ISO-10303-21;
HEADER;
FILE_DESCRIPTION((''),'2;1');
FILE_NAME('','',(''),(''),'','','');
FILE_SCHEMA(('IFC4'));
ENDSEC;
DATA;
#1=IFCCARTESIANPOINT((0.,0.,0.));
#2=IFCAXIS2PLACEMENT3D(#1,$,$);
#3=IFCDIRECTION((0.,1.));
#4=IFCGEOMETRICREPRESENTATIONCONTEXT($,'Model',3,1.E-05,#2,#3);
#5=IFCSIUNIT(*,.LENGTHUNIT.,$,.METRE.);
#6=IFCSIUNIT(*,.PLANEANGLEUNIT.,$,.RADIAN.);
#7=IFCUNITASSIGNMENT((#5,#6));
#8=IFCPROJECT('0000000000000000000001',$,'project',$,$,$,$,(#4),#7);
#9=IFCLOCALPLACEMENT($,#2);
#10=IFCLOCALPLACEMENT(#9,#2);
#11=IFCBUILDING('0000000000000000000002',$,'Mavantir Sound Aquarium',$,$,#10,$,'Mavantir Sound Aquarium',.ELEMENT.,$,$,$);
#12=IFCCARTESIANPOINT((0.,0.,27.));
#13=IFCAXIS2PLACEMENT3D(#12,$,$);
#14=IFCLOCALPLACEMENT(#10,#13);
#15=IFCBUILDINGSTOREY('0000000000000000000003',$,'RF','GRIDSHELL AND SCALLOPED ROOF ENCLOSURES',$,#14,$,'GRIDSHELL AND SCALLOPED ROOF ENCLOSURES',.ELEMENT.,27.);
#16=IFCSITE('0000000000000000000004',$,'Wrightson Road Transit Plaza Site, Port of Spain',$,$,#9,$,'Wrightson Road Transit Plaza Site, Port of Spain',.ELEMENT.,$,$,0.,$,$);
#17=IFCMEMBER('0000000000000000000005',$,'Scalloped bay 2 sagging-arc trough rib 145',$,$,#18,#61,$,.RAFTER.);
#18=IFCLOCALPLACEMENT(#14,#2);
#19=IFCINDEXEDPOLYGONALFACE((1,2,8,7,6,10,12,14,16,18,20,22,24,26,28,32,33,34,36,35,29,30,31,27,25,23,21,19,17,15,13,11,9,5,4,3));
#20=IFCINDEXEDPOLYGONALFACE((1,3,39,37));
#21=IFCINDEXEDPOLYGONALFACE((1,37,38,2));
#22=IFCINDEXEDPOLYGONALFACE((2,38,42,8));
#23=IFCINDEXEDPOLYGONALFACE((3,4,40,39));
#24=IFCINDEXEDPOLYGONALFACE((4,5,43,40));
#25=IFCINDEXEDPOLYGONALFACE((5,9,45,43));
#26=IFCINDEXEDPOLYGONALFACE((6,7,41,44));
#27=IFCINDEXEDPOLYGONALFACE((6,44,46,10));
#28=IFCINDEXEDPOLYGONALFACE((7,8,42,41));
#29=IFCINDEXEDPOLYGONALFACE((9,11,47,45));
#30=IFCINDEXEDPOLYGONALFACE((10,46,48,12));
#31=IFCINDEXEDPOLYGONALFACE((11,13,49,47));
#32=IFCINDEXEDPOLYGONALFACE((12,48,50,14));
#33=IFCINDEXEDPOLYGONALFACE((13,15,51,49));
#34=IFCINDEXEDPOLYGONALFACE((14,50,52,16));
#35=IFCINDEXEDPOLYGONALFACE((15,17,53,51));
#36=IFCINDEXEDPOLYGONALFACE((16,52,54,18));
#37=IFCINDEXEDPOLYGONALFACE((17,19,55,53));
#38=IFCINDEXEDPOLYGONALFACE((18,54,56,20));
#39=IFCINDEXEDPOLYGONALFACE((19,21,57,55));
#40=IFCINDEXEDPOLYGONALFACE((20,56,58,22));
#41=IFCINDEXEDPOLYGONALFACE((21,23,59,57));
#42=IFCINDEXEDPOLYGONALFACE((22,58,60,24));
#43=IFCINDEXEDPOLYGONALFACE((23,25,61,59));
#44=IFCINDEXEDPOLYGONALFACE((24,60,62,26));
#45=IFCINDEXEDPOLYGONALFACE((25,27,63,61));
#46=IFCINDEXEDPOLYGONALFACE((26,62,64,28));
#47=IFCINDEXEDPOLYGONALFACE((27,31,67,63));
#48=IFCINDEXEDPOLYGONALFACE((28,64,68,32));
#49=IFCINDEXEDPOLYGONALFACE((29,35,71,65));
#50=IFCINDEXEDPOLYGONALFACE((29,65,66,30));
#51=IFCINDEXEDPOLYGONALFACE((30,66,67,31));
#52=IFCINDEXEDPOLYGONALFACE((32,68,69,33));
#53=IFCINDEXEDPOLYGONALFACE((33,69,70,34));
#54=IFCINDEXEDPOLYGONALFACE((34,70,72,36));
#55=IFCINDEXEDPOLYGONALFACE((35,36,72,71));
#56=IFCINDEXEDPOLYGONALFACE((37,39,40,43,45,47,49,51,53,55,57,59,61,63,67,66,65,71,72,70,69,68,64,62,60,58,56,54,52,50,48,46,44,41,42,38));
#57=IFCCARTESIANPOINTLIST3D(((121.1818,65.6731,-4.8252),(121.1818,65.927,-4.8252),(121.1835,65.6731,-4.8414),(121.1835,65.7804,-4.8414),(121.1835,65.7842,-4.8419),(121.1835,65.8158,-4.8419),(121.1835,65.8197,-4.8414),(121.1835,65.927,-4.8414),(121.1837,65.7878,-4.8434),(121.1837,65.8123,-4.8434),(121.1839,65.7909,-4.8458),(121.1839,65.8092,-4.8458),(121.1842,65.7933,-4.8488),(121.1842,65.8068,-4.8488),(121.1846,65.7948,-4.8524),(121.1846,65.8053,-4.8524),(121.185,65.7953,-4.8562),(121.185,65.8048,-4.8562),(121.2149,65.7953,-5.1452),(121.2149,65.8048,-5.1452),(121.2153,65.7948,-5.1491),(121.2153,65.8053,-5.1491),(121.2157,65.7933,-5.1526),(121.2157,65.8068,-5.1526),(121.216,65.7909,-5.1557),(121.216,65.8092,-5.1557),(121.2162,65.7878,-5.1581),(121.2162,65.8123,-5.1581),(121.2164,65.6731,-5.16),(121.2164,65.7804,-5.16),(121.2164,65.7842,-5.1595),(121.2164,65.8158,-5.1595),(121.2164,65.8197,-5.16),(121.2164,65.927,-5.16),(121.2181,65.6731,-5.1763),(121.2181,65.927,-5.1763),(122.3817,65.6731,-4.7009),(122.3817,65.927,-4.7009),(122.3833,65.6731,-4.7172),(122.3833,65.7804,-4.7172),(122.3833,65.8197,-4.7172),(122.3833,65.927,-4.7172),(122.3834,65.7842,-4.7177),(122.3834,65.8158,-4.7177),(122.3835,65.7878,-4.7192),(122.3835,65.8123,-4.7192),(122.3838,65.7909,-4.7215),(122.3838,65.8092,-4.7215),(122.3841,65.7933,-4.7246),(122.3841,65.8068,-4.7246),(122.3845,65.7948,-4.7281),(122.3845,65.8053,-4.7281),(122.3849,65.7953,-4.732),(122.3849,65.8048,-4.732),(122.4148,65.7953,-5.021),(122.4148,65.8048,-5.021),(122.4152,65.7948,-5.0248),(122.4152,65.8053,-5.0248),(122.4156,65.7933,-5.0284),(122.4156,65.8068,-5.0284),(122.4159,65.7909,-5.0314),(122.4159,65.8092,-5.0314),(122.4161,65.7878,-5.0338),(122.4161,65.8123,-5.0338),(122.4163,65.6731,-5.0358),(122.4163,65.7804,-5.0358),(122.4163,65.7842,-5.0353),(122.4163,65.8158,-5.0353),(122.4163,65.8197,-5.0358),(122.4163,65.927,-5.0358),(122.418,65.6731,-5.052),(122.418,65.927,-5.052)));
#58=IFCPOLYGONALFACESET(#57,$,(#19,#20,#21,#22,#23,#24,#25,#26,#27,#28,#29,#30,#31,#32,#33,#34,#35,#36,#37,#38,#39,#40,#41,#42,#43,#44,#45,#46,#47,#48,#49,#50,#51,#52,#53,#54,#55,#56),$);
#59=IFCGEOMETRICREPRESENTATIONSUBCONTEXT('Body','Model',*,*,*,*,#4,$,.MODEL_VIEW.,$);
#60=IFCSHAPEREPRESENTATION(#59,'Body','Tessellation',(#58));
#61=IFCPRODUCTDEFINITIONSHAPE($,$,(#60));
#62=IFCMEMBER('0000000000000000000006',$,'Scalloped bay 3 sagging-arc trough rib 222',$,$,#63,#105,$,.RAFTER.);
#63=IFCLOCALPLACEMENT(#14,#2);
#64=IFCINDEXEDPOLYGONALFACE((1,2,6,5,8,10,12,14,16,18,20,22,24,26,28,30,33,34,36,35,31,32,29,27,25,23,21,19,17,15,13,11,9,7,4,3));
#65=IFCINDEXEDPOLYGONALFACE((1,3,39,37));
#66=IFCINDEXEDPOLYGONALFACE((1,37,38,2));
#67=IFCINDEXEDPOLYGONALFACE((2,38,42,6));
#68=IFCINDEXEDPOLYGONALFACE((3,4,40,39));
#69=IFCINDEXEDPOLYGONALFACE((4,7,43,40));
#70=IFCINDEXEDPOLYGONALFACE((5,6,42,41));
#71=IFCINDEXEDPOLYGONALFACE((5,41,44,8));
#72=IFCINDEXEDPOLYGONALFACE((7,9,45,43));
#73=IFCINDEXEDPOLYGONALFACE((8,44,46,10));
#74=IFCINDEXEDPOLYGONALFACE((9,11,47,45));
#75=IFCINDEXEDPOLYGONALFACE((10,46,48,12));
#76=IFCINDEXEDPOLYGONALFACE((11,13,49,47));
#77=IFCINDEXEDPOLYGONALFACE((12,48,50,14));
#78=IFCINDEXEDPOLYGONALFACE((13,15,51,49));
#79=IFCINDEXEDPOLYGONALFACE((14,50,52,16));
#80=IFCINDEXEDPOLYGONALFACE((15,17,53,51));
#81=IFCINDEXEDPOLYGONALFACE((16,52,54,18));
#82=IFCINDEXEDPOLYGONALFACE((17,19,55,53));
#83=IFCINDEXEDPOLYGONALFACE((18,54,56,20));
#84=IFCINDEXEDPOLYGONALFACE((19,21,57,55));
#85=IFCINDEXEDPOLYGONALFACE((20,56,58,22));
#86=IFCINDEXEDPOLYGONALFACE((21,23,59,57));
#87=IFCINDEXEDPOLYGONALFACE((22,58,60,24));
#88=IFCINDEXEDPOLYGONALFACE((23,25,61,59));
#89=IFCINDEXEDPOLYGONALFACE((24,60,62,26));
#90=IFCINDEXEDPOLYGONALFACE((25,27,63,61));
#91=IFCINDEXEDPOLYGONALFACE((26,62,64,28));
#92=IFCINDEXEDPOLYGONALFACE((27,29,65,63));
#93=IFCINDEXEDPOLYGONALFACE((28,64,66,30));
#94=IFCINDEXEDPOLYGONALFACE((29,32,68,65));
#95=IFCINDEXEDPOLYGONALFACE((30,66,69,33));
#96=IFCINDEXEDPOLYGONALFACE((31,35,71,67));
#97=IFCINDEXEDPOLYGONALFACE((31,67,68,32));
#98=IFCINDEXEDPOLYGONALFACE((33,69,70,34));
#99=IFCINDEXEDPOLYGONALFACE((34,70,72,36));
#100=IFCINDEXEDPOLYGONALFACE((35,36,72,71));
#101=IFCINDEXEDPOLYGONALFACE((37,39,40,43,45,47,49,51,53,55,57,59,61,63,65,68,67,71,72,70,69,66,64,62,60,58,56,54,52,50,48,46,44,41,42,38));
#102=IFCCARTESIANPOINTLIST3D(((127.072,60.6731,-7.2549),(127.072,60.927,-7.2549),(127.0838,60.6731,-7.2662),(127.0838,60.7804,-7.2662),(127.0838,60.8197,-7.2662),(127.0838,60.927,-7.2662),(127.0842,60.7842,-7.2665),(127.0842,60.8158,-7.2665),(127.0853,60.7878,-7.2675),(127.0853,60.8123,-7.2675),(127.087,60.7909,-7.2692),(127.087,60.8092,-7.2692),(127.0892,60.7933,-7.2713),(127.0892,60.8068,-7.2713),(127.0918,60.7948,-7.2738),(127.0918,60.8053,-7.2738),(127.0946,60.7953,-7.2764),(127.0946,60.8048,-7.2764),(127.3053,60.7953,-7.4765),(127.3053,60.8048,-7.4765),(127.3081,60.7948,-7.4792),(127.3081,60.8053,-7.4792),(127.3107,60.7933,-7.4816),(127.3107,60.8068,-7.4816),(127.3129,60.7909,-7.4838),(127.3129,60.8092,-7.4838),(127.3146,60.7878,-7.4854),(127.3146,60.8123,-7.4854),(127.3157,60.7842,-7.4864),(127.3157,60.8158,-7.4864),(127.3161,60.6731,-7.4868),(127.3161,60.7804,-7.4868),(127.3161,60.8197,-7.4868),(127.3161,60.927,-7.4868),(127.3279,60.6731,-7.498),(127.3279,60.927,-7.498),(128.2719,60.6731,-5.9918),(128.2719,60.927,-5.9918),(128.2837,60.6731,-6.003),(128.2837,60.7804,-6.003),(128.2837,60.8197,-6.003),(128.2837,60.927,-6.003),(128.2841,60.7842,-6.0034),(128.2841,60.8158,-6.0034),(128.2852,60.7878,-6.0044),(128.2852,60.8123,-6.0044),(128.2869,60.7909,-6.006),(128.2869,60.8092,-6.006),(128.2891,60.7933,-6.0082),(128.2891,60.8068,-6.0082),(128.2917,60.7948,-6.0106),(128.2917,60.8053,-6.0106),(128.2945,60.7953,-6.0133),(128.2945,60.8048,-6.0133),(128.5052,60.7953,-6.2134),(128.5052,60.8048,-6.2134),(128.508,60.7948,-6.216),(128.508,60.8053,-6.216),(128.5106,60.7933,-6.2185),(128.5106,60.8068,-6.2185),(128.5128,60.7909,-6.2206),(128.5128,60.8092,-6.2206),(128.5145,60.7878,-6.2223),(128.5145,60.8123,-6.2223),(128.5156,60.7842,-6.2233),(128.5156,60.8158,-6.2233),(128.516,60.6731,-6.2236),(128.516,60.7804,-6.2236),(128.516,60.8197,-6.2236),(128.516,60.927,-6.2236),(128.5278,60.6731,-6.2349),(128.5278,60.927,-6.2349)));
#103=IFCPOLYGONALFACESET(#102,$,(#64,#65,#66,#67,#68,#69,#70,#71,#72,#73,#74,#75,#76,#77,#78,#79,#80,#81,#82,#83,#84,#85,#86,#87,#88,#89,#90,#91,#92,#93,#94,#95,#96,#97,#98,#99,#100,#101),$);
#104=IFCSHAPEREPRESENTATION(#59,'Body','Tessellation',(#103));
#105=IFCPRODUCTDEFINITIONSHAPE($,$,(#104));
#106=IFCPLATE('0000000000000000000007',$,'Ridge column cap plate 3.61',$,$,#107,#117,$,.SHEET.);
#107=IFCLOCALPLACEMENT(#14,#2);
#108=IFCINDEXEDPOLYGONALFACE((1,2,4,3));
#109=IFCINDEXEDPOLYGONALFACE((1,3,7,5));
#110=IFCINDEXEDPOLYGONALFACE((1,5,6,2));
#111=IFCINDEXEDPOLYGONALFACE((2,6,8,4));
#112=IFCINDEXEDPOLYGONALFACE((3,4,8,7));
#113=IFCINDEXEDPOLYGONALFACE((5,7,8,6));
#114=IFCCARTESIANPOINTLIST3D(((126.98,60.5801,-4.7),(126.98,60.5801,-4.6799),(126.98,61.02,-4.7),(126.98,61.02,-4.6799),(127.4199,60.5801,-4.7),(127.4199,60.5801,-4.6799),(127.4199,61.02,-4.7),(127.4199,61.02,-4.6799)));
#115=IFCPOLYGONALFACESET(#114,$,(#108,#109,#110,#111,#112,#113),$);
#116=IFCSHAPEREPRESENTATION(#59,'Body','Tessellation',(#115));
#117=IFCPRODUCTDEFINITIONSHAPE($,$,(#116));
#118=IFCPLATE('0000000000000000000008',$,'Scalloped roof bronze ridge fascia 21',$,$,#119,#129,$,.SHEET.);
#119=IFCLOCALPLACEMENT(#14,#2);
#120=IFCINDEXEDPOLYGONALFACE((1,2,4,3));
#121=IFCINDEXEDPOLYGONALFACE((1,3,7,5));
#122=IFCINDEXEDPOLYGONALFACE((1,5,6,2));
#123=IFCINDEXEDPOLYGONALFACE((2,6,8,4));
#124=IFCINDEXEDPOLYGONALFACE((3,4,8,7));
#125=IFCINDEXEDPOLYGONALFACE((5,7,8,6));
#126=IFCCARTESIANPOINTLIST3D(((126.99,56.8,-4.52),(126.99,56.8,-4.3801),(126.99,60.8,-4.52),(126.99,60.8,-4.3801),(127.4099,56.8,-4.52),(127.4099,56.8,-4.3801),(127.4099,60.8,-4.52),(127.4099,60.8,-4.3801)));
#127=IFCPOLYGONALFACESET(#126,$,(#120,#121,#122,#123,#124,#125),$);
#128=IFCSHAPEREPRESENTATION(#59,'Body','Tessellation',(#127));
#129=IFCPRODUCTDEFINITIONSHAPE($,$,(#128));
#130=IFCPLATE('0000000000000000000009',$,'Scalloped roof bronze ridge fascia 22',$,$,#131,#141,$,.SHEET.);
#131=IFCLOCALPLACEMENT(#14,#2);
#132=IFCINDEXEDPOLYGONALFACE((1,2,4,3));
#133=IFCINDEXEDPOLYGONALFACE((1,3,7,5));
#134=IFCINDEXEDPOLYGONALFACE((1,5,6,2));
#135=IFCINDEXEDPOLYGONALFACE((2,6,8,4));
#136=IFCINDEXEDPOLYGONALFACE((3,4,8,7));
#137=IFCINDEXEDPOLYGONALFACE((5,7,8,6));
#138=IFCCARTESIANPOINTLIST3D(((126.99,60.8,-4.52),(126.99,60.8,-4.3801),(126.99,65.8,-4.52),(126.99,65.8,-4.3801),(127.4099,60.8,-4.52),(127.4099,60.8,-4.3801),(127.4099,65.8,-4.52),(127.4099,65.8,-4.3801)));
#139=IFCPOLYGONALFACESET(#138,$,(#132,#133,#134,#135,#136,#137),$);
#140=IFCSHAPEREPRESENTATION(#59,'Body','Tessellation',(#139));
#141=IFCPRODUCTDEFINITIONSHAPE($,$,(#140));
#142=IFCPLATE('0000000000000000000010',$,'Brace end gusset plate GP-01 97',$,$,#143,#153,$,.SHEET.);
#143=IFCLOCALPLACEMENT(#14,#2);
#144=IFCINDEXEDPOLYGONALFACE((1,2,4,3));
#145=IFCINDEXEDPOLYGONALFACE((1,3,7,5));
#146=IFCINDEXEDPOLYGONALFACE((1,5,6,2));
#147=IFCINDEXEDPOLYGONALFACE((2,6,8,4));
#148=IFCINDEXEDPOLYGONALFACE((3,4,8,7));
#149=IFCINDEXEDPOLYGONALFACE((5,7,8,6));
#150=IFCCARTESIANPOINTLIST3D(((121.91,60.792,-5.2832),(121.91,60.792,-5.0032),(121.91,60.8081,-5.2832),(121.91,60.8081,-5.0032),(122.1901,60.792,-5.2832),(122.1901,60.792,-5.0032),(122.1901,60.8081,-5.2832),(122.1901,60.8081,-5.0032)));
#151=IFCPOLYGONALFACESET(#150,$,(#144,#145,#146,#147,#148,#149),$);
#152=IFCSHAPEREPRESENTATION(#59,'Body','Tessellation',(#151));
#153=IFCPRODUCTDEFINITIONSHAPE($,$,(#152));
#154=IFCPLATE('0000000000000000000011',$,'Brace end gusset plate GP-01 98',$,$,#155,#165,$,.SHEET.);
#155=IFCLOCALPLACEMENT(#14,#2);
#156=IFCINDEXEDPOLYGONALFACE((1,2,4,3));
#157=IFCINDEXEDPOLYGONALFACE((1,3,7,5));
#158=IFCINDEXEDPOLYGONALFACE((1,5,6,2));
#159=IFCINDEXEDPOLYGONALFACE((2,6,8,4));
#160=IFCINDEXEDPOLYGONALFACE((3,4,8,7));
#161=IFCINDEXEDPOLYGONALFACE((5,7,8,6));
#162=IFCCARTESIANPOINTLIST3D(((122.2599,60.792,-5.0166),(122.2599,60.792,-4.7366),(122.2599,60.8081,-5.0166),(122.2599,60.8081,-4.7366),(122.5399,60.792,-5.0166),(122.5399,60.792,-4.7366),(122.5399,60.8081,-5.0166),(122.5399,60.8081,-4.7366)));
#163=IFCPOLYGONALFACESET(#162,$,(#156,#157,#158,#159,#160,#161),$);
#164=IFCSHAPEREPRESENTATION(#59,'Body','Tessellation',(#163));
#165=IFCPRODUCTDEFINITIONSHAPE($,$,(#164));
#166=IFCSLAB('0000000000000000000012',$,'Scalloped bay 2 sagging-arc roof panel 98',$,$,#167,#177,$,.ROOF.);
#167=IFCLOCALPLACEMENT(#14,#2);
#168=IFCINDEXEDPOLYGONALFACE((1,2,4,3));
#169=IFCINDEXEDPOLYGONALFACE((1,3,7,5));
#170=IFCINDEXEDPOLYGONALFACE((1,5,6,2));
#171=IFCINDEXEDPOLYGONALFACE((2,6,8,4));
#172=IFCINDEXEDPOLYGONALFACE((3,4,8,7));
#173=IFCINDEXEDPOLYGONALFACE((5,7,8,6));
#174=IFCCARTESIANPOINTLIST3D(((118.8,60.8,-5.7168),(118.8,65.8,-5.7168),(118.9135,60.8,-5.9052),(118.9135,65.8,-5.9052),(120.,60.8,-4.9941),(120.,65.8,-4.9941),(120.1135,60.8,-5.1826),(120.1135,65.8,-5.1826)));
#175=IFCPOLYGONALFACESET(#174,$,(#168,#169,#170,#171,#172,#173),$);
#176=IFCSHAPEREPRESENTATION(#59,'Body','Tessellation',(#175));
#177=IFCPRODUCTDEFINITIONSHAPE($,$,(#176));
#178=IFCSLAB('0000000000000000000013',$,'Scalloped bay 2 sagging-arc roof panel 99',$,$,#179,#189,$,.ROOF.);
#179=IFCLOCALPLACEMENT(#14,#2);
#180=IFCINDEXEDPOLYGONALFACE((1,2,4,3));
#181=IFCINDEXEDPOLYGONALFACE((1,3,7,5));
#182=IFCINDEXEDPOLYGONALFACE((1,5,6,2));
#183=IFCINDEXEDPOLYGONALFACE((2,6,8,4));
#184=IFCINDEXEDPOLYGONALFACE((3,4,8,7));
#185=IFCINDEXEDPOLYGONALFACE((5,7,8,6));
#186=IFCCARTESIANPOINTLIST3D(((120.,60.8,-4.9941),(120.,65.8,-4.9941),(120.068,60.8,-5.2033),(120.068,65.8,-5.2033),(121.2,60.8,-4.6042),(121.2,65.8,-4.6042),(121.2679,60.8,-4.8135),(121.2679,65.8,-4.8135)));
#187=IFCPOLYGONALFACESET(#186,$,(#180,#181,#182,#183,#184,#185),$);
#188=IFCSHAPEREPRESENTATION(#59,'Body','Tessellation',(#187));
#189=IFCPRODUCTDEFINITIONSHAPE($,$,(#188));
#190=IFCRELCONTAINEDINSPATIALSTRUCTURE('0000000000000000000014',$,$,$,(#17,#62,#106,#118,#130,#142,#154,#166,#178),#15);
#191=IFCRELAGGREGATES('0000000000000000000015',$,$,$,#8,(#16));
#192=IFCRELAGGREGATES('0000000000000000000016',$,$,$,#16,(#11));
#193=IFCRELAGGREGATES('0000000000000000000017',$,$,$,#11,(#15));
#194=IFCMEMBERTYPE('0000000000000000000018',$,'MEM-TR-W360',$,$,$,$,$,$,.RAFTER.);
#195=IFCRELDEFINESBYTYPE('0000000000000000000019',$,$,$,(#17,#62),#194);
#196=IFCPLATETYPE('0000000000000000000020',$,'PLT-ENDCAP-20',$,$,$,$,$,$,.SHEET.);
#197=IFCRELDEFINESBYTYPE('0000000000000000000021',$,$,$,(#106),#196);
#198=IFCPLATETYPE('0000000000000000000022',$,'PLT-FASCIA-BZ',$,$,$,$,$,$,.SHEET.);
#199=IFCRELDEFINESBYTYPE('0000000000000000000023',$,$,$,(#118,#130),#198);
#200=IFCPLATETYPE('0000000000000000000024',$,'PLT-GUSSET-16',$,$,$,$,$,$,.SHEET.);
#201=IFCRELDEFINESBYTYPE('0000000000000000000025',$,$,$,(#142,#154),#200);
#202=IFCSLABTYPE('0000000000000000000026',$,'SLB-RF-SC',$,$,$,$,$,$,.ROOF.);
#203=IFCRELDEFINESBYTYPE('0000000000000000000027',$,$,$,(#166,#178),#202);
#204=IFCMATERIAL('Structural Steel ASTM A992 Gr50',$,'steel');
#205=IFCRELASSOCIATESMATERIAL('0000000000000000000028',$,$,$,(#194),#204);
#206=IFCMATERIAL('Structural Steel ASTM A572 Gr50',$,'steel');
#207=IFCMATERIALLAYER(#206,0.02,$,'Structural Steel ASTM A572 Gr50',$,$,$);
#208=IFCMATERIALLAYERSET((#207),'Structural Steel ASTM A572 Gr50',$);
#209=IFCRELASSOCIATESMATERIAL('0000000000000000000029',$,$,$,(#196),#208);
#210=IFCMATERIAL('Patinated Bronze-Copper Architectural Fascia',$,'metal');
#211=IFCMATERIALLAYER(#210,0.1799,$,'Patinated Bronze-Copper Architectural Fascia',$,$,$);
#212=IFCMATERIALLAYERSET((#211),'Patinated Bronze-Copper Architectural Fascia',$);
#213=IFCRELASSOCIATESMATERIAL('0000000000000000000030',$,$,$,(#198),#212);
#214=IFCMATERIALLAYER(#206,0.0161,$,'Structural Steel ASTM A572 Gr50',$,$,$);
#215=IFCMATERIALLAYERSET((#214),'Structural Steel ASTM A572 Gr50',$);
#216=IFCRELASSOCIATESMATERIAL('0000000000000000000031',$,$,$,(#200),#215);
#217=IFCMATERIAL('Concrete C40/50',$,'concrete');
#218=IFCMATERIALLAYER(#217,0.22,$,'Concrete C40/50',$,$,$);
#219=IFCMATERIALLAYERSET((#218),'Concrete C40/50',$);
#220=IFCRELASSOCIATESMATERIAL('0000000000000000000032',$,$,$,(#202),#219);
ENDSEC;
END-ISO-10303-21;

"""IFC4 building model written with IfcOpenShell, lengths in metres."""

from ifc_helpers import new_model, si_unit, direction, frame, origin, origin_2d, place, context, subcontext, project, spatial, polyline, rectangle, i_section, outline, extrude, material, layer, layer_set, material_profile, profile_set, type_object, element, save


model = new_model("IFC4")

# Units and contexts
model_context = context("Model", 3, precision=1e-05, world=origin(), true_north=direction((0.0, 1.0)))
body_context = subcontext(model_context, "Body", "Model", "MODEL_VIEW")
ifc_project = project(units=[si_unit("LENGTHUNIT", "METRE"), si_unit("PLANEANGLEUNIT", "RADIAN")], contexts=[model_context])

# Site, building, storey
site_placement = place(None, origin())
site = spatial("IfcSite", under=ifc_project, at=site_placement, Name="Wrightson Road Transit Plaza Site, Port of Spain", LongName="Wrightson Road Transit Plaza Site, Port of Spain", CompositionType="ELEMENT", RefElevation=0.0)
building_placement = place(site_placement, origin())
building = spatial("IfcBuilding", under=site, at=building_placement, Name="Mavantir Sound Aquarium", LongName="Mavantir Sound Aquarium", CompositionType="ELEMENT")
storey_placement = place(building_placement, frame((0.0, 0.0, 27.0)))
storey = spatial("IfcBuildingStorey", under=building, at=storey_placement, Name="RF", Description="GRIDSHELL AND SCALLOPED ROOF ENCLOSURES", LongName="GRIDSHELL AND SCALLOPED ROOF ENCLOSURES", CompositionType="ELEMENT", Elevation=27.0)

# Shared definitions
ifc_material_1 = material(Name="Concrete C40/50", Category="concrete")

# Shared definitions
ifc_material_2 = material(Name="Structural Steel ASTM A992 Gr50", Category="steel")

# Members
ifc_material_profile_1 = material_profile(ifc_material_2, i_section(OverallWidth=0.2539, OverallDepth=0.353, WebThickness=0.0095, FlangeThickness=0.0164, FilletRadius=0.0149, at=origin_2d()), Name="W360X91")
ifc_profile_set_1 = profile_set([ifc_material_profile_1], Name="Structural Steel ASTM A992 Gr50")
member_type_1 = type_object("IfcMemberType", Name="MEM-TR-W360", PredefinedType="RAFTER", material=ifc_profile_set_1)
member_1_placement = place(storey_placement, frame((121.2, 65.8, -5.0007), z_axis=(0.99468, 0.0, 0.10301), x_axis=(0.0, 1.0, 0.0)))
element("IfcMember", 1, at=member_1_placement, inside=storey, type_object=member_type_1, Name="Scalloped bay 2 sagging-arc trough rib 145", PredefinedType="RAFTER", context=body_context, shape_type="SweptSolid", body=[
    extrude(i_section(OverallWidth=0.2539, OverallDepth=0.353, WebThickness=0.0095, FlangeThickness=0.0164, FilletRadius=0.0149, at=origin_2d()), origin(), (0.0, 0.0, 1.0), 1.2063),
])
member_2_placement = place(storey_placement, frame((127.2, 60.8, -7.3765), z_axis=(0.688727, 0.0, 0.72502), x_axis=(0.0, 1.0, 0.0)))
element("IfcMember", 2, at=member_2_placement, inside=storey, type_object=member_type_1, Name="Scalloped bay 3 sagging-arc trough rib 222", PredefinedType="RAFTER", context=body_context, shape_type="SweptSolid", body=[
    extrude(i_section(OverallWidth=0.2539, OverallDepth=0.353, WebThickness=0.0095, FlangeThickness=0.0164, FilletRadius=0.0149, at=origin_2d()), origin(), (0.0, 0.0, 1.0), 1.7422),
])

# Plates
ifc_material_3 = material(Name="Structural Steel ASTM A572 Gr50", Category="steel")
ifc_layer_1 = layer(ifc_material_3, 0.02, Name="Structural Steel ASTM A572 Gr50")
ifc_layer_set_1 = layer_set([ifc_layer_1], Name="Structural Steel ASTM A572 Gr50")
plate_type_1 = type_object("IfcPlateType", Name="PLT-ENDCAP-20", PredefinedType="SHEET", material=ifc_layer_set_1)
plate_1_placement = place(storey_placement, frame((127.2, 60.8, -4.7), z_axis=(0.0, 0.0, 1.0), x_axis=(1.0, 0.0, 0.0)))
element("IfcPlate", 3, at=plate_1_placement, inside=storey, type_object=plate_type_1, Name="Ridge column cap plate 3.61", PredefinedType="SHEET", context=body_context, shape_type="SweptSolid", body=[
    extrude(rectangle(XDim=0.4399, YDim=0.4399, at=origin_2d()), origin(), (0.0, 0.0, 1.0), 0.02),
])
ifc_material_4 = material(Name="Patinated Bronze-Copper Architectural Fascia", Category="metal")
ifc_layer_2 = layer(ifc_material_4, 0.1799, Name="Patinated Bronze-Copper Architectural Fascia")
ifc_layer_set_2 = layer_set([ifc_layer_2], Name="Patinated Bronze-Copper Architectural Fascia")
plate_type_2 = type_object("IfcPlateType", Name="PLT-FASCIA-BZ", PredefinedType="SHEET", material=ifc_layer_set_2)
plate_2_placement = place(storey_placement, frame((127.2, 58.8, -4.52), z_axis=(0.0, 0.0, 1.0), x_axis=(1.0, 0.0, 0.0)))
element("IfcPlate", 4, at=plate_2_placement, inside=storey, type_object=plate_type_2, Name="Scalloped roof bronze ridge fascia 21", PredefinedType="SHEET", context=body_context, shape_type="SweptSolid", body=[
    extrude(rectangle(XDim=0.4199, YDim=4.0, at=origin_2d()), origin(), (0.0, 0.0, 1.0), 0.1399),
])
plate_3_placement = place(storey_placement, frame((127.2, 63.3, -4.52), z_axis=(0.0, 0.0, 1.0), x_axis=(1.0, 0.0, 0.0)))
element("IfcPlate", 5, at=plate_3_placement, inside=storey, type_object=plate_type_2, Name="Scalloped roof bronze ridge fascia 22", PredefinedType="SHEET", context=body_context, shape_type="SweptSolid", body=[
    extrude(rectangle(XDim=0.4199, YDim=5.0, at=origin_2d()), origin(), (0.0, 0.0, 1.0), 0.1399),
])
ifc_layer_3 = layer(ifc_material_3, 0.0161, Name="Structural Steel ASTM A572 Gr50")
ifc_layer_set_3 = layer_set([ifc_layer_3], Name="Structural Steel ASTM A572 Gr50")
plate_type_3 = type_object("IfcPlateType", Name="PLT-GUSSET-16", PredefinedType="SHEET", material=ifc_layer_set_3)
for number, where, z_axis, x_axis, name in (
    (6, (122.05, 60.8, -5.2832), (0.0, 0.0, 1.0), (1.0, 0.0, 0.0), "Brace end gusset plate GP-01 97"),
    (7, (122.3999, 60.8, -5.0166), (0.0, 0.0, 1.0), (1.0, 0.0, 0.0), "Brace end gusset plate GP-01 98"),
):
    element("IfcPlate", number, at=place(storey_placement, frame(where, z_axis=z_axis, x_axis=x_axis)), inside=storey, type_object=plate_type_3, Name=name, PredefinedType="SHEET", context=body_context, shape_type="SweptSolid", body=[
        extrude(rectangle(XDim=0.28, YDim=0.0161, at=origin_2d()), origin(), (0.0, 0.0, 1.0), 0.28),
    ])

# Slabs
ifc_layer_4 = layer(ifc_material_1, 0.22, Name="Concrete C40/50")
ifc_layer_set_4 = layer_set([ifc_layer_4], Name="Concrete C40/50")
slab_type = type_object("IfcSlabType", Name="SLB-RF-SC", PredefinedType="ROOF", material=ifc_layer_set_4)
slab_1_placement = place(storey_placement, frame((118.8, 60.8, -5.7168), z_axis=(-0.515905, 0.0, 0.856646), x_axis=(0.856646, 0.0, 0.515905)))
element("IfcSlab", 8, at=slab_1_placement, inside=storey, type_object=slab_type, Name="Scalloped bay 2 sagging-arc roof panel 98", PredefinedType="ROOF", context=body_context, shape_type="SweptSolid", body=[
    extrude(outline(polyline([(0.0, 0.0), (1.4008, 0.0), (1.4008, 5.0), (0.0, 5.0), (0.0, 0.0)])), origin(), (0.0, 0.0, -1.0), 0.22),
])
slab_2_placement = place(storey_placement, frame((120.0, 60.8, -4.9941), z_axis=(-0.30902, 0.0, 0.951055), x_axis=(0.951055, 0.0, 0.30902)))
element("IfcSlab", 9, at=slab_2_placement, inside=storey, type_object=slab_type, Name="Scalloped bay 2 sagging-arc roof panel 99", PredefinedType="ROOF", context=body_context, shape_type="SweptSolid", body=[
    extrude(outline(polyline([(0.0, 0.0), (1.2617, 0.0), (1.2617, 5.0), (0.0, 5.0), (0.0, 0.0)])), origin(), (0.0, 0.0, -1.0), 0.22),
])

save(model, "model.ifc")
